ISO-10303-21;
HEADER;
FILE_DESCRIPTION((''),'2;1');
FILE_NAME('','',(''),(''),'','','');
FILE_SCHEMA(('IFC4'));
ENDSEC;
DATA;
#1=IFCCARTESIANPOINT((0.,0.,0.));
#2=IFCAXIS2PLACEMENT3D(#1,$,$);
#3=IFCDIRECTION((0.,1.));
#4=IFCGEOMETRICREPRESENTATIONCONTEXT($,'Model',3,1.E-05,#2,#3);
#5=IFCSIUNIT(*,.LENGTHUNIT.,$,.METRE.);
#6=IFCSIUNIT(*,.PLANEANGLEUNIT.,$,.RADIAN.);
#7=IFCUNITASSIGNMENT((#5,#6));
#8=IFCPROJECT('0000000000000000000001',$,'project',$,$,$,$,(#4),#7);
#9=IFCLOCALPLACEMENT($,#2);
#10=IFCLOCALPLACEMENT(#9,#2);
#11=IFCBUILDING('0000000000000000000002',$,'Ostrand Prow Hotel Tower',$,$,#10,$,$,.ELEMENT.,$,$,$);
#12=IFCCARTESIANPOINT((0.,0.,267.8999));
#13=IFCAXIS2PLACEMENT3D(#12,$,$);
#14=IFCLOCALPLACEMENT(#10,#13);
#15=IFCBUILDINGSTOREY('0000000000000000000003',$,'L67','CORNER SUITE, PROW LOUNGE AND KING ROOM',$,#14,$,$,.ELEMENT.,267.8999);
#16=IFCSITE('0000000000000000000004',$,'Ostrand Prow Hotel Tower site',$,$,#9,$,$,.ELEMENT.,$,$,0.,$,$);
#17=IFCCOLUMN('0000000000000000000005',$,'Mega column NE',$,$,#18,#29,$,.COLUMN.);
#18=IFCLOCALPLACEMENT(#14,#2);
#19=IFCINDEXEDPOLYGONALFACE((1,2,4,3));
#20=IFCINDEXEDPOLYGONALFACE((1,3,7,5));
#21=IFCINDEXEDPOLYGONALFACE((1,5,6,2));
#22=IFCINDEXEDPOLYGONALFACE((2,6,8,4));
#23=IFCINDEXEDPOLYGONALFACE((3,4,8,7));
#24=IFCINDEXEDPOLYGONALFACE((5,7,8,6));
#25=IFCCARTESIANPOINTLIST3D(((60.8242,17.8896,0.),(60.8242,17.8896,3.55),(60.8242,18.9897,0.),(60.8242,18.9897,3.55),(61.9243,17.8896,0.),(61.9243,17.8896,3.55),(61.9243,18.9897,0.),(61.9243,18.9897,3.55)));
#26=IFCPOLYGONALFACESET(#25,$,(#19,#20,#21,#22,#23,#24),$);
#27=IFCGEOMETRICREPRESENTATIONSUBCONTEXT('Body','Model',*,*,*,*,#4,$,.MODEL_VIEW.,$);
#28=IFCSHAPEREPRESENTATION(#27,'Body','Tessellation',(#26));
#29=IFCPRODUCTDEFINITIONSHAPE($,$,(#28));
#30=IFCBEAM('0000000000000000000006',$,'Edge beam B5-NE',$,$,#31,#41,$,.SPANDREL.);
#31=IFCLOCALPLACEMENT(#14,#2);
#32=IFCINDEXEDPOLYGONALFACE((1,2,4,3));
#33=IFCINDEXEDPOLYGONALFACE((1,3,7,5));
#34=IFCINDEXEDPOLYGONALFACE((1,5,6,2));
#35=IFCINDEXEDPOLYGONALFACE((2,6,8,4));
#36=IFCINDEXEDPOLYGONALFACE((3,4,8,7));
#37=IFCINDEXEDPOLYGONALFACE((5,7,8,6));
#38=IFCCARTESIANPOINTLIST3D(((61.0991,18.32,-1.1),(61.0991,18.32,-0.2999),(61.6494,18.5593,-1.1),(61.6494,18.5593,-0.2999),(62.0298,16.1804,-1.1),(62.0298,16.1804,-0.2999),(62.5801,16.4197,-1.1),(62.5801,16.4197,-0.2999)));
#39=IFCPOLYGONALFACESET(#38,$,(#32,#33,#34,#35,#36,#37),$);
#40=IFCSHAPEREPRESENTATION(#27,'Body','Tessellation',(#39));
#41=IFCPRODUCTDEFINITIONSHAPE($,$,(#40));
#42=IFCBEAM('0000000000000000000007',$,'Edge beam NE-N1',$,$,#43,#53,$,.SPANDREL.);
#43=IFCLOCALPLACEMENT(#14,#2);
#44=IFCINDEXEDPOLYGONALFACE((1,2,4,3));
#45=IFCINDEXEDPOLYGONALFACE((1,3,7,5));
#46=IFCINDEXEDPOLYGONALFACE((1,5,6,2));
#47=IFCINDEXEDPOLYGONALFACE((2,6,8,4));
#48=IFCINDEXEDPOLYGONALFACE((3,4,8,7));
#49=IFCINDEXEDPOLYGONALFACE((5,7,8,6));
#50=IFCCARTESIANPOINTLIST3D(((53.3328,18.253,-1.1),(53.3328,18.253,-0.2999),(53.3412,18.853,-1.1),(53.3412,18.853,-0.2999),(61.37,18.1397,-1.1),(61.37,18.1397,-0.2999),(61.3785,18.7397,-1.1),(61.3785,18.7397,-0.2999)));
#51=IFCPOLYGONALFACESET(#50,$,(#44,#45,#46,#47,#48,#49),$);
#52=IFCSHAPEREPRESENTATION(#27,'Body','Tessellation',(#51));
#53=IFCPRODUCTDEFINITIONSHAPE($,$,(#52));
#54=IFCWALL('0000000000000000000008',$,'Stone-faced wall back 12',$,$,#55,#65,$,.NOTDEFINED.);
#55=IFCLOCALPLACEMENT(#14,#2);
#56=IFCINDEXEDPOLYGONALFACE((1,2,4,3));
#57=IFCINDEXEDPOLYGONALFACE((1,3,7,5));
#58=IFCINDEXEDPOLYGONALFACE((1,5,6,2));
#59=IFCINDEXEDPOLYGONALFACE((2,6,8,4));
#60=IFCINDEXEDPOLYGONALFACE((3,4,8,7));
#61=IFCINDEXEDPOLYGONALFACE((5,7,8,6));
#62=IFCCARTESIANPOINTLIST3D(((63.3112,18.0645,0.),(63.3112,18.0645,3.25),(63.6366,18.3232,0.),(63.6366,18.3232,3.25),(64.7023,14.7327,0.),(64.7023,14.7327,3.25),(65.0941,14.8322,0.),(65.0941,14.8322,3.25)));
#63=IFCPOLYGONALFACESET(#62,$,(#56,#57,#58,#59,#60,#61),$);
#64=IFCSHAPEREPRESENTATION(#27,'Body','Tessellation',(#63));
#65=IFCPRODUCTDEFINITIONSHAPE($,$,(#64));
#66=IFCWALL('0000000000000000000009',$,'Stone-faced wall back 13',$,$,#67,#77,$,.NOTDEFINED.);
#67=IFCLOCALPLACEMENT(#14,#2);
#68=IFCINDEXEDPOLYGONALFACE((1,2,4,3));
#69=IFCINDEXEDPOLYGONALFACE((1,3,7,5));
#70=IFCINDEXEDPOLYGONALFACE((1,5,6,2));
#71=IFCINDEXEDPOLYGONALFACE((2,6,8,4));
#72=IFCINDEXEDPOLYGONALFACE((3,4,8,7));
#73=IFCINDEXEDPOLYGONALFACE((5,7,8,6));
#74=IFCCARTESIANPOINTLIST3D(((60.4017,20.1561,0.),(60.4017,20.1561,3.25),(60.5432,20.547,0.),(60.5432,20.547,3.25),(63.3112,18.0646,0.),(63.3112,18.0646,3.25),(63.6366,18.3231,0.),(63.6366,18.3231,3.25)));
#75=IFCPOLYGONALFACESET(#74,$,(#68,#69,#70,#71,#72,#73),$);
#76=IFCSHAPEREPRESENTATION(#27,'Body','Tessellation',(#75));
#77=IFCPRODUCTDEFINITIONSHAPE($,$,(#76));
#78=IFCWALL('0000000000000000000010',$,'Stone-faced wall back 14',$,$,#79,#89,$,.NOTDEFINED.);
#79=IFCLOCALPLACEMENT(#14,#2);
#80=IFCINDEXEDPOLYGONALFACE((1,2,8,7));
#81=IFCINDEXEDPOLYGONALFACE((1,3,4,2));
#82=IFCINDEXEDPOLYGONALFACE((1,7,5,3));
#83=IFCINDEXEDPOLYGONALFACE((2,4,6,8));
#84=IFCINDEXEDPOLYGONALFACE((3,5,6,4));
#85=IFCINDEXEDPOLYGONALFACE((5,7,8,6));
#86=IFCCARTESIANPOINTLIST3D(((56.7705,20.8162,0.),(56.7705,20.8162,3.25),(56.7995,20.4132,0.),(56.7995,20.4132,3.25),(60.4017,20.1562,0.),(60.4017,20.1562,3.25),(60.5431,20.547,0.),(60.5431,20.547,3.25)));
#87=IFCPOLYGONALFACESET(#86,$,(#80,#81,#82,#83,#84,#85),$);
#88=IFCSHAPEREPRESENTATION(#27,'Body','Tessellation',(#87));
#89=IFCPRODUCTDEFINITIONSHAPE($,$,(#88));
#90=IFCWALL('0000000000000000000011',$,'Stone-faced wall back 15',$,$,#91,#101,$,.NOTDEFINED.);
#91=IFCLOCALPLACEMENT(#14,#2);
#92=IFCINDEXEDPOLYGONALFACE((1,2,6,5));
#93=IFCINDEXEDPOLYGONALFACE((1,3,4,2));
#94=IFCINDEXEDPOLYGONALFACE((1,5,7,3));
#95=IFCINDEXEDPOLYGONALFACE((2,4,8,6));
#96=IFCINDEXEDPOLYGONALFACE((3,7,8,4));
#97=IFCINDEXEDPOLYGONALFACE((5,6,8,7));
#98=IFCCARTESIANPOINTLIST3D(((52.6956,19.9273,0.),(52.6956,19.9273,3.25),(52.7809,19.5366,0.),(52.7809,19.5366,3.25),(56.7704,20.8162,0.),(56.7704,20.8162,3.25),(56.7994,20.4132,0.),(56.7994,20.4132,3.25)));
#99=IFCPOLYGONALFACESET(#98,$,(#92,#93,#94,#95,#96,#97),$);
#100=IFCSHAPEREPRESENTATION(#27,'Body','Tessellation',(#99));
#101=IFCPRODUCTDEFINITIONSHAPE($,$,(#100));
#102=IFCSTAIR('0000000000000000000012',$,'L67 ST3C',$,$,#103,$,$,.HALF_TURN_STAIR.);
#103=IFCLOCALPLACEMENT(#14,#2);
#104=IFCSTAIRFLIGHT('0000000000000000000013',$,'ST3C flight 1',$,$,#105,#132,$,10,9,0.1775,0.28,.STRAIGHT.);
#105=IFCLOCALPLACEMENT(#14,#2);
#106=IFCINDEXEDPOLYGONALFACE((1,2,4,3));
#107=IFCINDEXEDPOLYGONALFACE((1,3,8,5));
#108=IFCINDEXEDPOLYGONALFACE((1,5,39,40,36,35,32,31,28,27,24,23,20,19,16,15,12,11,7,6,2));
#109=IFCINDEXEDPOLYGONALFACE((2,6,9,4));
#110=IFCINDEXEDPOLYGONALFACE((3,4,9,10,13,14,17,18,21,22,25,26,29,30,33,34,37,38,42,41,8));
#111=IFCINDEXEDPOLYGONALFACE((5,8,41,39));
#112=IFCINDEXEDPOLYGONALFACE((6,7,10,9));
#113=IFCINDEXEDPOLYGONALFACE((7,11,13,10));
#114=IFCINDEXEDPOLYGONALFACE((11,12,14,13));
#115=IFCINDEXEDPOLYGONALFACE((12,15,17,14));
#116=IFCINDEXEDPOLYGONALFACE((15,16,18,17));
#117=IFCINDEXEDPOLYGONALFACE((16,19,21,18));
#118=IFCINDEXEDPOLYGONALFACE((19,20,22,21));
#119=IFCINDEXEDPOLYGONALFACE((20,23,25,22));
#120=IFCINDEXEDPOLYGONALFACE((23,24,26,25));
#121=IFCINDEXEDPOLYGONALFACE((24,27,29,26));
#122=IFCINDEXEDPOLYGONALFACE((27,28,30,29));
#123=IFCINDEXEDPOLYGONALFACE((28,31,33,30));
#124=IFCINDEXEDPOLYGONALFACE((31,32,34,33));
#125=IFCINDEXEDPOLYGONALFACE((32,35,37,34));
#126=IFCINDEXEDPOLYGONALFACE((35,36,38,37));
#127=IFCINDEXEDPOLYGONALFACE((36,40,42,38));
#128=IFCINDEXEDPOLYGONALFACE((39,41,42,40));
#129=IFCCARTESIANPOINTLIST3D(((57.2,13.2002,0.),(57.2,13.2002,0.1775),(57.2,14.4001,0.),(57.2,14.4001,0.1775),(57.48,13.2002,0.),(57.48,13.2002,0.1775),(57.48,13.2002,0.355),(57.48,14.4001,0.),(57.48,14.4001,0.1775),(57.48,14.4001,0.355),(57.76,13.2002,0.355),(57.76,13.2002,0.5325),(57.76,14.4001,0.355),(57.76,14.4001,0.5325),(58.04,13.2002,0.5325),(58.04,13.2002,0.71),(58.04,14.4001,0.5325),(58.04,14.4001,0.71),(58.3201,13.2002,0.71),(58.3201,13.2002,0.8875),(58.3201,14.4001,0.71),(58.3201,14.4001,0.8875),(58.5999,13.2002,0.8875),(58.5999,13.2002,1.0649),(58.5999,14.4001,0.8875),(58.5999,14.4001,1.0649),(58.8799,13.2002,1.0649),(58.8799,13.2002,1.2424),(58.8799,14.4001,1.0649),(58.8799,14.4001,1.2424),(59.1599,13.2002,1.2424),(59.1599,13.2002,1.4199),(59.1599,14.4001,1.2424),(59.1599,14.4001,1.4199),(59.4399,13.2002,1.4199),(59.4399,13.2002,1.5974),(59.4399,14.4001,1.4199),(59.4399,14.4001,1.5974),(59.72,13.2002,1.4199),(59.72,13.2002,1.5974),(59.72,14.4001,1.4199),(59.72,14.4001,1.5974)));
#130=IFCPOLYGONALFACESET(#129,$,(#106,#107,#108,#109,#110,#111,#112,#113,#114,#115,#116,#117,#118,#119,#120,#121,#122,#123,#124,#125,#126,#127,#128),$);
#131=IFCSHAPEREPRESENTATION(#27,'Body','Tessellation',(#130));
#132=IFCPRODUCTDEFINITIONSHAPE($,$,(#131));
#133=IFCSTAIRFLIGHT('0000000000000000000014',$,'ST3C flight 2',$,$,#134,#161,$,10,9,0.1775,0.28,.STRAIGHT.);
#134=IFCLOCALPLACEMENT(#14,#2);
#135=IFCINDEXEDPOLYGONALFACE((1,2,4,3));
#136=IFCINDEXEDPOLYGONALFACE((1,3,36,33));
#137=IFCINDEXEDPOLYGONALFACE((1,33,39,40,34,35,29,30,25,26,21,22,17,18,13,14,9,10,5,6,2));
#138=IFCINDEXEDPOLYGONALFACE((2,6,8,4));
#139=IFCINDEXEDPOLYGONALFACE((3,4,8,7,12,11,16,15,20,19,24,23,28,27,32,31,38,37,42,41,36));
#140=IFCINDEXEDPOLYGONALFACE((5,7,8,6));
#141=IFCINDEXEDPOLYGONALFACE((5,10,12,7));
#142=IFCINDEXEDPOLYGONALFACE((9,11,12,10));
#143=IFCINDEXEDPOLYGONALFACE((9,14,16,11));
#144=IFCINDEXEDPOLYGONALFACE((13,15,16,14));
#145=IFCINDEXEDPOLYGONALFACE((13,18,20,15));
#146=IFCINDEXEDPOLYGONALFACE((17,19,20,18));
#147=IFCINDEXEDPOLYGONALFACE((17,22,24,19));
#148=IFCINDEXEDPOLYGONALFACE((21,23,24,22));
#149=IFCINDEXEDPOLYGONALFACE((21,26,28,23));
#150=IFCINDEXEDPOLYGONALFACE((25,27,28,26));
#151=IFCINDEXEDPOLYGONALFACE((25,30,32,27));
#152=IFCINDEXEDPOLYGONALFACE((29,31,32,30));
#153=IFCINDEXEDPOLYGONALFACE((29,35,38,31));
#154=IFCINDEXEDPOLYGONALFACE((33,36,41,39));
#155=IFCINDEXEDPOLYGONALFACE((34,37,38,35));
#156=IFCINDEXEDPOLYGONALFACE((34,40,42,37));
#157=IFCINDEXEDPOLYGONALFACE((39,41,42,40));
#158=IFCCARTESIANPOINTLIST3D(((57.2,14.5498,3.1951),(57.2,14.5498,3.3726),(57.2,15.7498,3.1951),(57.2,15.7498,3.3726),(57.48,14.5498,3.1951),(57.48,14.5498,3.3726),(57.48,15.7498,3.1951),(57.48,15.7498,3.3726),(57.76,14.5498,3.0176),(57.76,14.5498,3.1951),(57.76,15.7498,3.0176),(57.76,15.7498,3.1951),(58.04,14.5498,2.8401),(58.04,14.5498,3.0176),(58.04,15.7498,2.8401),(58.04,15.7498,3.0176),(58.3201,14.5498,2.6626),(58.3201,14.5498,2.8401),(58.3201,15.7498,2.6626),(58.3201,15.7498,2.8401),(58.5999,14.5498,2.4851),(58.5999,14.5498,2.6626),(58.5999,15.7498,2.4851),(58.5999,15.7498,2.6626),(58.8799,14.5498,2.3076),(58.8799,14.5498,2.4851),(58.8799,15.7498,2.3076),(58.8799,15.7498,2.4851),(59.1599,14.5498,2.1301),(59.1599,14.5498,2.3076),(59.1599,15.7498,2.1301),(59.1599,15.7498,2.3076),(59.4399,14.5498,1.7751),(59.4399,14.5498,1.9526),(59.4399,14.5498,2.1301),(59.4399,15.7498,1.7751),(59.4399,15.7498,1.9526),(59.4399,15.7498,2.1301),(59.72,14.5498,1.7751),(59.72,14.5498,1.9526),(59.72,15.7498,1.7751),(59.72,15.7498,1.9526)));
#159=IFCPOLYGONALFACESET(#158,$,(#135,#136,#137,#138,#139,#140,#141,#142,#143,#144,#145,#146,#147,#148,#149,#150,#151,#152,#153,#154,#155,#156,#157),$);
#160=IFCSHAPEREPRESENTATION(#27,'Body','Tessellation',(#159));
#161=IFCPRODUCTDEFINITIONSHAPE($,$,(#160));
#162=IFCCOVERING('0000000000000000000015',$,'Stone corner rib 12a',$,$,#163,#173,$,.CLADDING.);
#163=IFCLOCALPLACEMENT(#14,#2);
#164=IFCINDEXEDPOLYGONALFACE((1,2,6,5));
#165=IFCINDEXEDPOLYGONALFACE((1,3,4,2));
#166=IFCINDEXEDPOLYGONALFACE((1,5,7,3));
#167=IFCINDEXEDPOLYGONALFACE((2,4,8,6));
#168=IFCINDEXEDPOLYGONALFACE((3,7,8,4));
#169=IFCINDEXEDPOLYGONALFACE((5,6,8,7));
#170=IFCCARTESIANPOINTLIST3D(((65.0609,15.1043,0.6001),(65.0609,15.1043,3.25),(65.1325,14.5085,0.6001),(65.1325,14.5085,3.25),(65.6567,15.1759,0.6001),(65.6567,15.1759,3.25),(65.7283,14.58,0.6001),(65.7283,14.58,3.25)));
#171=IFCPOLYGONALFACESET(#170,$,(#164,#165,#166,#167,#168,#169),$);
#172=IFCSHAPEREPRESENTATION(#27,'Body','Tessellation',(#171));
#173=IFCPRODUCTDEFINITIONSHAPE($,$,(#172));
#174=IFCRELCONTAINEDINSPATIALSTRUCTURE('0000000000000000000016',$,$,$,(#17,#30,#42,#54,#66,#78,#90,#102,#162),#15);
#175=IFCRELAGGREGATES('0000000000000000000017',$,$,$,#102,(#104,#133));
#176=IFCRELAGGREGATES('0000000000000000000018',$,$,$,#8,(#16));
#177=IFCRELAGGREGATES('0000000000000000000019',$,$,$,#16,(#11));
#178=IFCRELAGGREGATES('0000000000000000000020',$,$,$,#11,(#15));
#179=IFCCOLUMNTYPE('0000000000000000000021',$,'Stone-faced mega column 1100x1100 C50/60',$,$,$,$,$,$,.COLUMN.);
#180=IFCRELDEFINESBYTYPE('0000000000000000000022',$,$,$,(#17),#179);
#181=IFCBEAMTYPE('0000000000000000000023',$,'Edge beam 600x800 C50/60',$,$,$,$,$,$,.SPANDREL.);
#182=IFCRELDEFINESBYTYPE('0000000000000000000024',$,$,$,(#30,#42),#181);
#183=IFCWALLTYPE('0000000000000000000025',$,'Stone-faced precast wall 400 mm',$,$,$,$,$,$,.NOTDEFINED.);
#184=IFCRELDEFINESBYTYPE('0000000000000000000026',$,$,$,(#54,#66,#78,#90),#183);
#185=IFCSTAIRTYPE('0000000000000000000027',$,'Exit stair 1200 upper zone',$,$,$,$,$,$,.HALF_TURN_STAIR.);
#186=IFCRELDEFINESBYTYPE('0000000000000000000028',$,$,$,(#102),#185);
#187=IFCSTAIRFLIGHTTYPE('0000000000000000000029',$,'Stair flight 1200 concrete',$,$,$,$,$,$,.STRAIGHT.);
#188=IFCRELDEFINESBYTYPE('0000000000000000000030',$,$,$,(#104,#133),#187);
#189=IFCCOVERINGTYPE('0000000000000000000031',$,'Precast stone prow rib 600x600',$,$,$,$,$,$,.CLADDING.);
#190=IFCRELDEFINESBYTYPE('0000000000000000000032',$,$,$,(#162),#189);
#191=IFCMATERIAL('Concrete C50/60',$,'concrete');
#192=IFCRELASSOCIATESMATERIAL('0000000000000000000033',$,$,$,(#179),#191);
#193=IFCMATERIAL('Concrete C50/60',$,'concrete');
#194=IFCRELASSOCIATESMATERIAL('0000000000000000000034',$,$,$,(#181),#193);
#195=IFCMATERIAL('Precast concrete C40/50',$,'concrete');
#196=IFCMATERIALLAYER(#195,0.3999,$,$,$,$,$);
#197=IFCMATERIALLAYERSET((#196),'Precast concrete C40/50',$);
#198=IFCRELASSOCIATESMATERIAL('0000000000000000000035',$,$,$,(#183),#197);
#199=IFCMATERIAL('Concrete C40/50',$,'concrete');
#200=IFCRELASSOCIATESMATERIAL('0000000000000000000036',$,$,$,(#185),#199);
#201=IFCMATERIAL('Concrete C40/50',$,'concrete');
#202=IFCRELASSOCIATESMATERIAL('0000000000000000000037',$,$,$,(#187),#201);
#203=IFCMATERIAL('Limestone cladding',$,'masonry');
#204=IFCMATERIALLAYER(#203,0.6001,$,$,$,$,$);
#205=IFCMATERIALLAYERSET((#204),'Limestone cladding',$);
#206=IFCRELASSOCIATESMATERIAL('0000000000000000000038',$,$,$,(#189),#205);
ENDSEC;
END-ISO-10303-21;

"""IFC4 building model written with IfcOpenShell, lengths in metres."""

from ifc_helpers import new_model, si_unit, direction, frame, frame_2d, origin, origin_2d, place, context, subcontext, project, spatial, polyline, rectangle, outline, extrude, material, layer, layer_set, material_profile, profile_set, type_object, element, aggregate, save


model = new_model("IFC4")

# Units and contexts
model_context = context("Model", 3, precision=1e-05, world=origin(), true_north=direction((0.0, 1.0)))
body_context = subcontext(model_context, "Body", "Model", "MODEL_VIEW")
ifc_project = project(units=[si_unit("LENGTHUNIT", "METRE"), si_unit("PLANEANGLEUNIT", "RADIAN")], contexts=[model_context])

# Site, building, storey
site_placement = place(None, origin())
site = spatial("IfcSite", under=ifc_project, at=site_placement, Name="Ostrand Prow Hotel Tower site", CompositionType="ELEMENT", RefElevation=0.0)
building_placement = place(site_placement, origin())
building = spatial("IfcBuilding", under=site, at=building_placement, Name="Ostrand Prow Hotel Tower", CompositionType="ELEMENT")
storey_placement = place(building_placement, frame((0.0, 0.0, 267.8999)))
storey = spatial("IfcBuildingStorey", under=building, at=storey_placement, Name="L67", Description="CORNER SUITE, PROW LOUNGE AND KING ROOM", CompositionType="ELEMENT", Elevation=267.8999)

# Column
ifc_material_1 = material(Name="Concrete C50/60", Category="concrete")
ifc_material_profile_1 = material_profile(ifc_material_1, rectangle(XDim=1.1001, YDim=1.1001, at=origin_2d()), Name="RC 1100x1100")
ifc_profile_set_1 = profile_set([ifc_material_profile_1], Name="Concrete C50/60")
column_type = type_object("IfcColumnType", Name="Stone-faced mega column 1100x1100 C50/60", PredefinedType="COLUMN", material=ifc_profile_set_1)
column_placement = place(storey_placement, frame((61.3743, 18.4397, 0.0), z_axis=(0.0, 0.0, 1.0), x_axis=(1.0, 0.0, 0.0)))
element("IfcColumn", 1, at=column_placement, inside=storey, type_object=column_type, Name="Mega column NE", PredefinedType="COLUMN", context=body_context, shape_type="SweptSolid", body=[
    extrude(rectangle(XDim=1.1001, YDim=1.1001, at=origin_2d()), origin(), (0.0, 0.0, 1.0), 3.55),
])

# Beams
ifc_material_2 = material(Name="Concrete C50/60", Category="concrete")
ifc_material_profile_2 = material_profile(ifc_material_2, rectangle(XDim=0.6001, YDim=0.8, at=origin_2d()), Name="RC 600x800")
ifc_profile_set_2 = profile_set([ifc_material_profile_2], Name="Concrete C50/60")
beam_type = type_object("IfcBeamType", Name="Edge beam 600x800 C50/60", PredefinedType="SPANDREL", material=ifc_profile_set_2)
beam_1_placement = place(storey_placement, frame((62.3049, 16.3, -0.7), z_axis=(-0.398864, 0.91701, 0.0), x_axis=(-0.91701, -0.398864, 0.0)))
element("IfcBeam", 2, at=beam_1_placement, inside=storey, type_object=beam_type, Name="Edge beam B5-NE", PredefinedType="SPANDREL", context=body_context, shape_type="SweptSolid", body=[
    extrude(rectangle(XDim=0.6001, YDim=0.8, at=origin_2d()), origin(), (0.0, 0.0, 1.0), 2.3333),
])
beam_2_placement = place(storey_placement, frame((61.3743, 18.4397, -0.7), z_axis=(-0.999901, 0.014093, 0.0), x_axis=(-0.014093, -0.999901, 0.0)))
element("IfcBeam", 3, at=beam_2_placement, inside=storey, type_object=beam_type, Name="Edge beam NE-N1", PredefinedType="SPANDREL", context=body_context, shape_type="SweptSolid", body=[
    extrude(rectangle(XDim=0.6001, YDim=0.8, at=origin_2d()), origin(), (0.0, 0.0, 1.0), 8.0381),
])

# Walls
ifc_material_3 = material(Name="Precast concrete C40/50", Category="concrete")
ifc_layer_1 = layer(ifc_material_3, 0.3999)
ifc_layer_set_1 = layer_set([ifc_layer_1], Name="Precast concrete C40/50")
wall_type = type_object("IfcWallType", Name="Stone-faced precast wall 400 mm", PredefinedType="NOTDEFINED", material=ifc_layer_set_1)
wall_1_placement = place(storey_placement, frame((64.8982, 14.7825, 0.0), z_axis=(0.0, 0.0, 1.0), x_axis=(-0.385286, 0.922797, 0.0)))
element("IfcWall", 4, at=wall_1_placement, inside=storey, type_object=wall_type, Name="Stone-faced wall back 12", PredefinedType="NOTDEFINED", context=body_context, shape_type="SweptSolid", body=[
    extrude(outline(polyline([(-0.0295, -0.2), (3.7534, -0.2), (3.6401, 0.2), (0.0295, 0.2), (-0.0295, -0.2)])), origin(), (0.0, 0.0, 1.0), 3.25),
])
wall_2_placement = place(storey_placement, frame((63.4739, 18.1938, 0.0), z_axis=(0.0, 0.0, 1.0), x_axis=(-0.811963, 0.58371, 0.0)))
element("IfcWall", 5, at=wall_2_placement, inside=storey, type_object=wall_type, Name="Stone-faced wall back 13", PredefinedType="NOTDEFINED", context=body_context, shape_type="SweptSolid", body=[
    extrude(outline(polyline([(-0.0566, -0.2), (3.7532, -0.2), (3.6399, 0.2), (0.0566, 0.2), (-0.0566, -0.2)])), origin(), (0.0, 0.0, 1.0), 3.25),
])
wall_3_placement = place(storey_placement, frame((60.4724, 20.3516, 0.0), z_axis=(0.0, 0.0, 1.0), x_axis=(-0.997463, 0.071191, 0.0)))
element("IfcWall", 6, at=wall_3_placement, inside=storey, type_object=wall_type, Name="Stone-faced wall back 14", PredefinedType="NOTDEFINED", context=body_context, shape_type="SweptSolid", body=[
    extrude(outline(polyline([(-0.0566, -0.2), (3.7256, -0.2), (3.668, 0.2), (0.0566, 0.2), (-0.0566, -0.2)])), origin(), (0.0, 0.0, 1.0), 3.25),
])
wall_4_placement = place(storey_placement, frame((56.7849, 20.6147, 0.0), z_axis=(0.0, 0.0, 1.0), x_axis=(-0.97702, -0.213147, 0.0)))
element("IfcWall", 7, at=wall_4_placement, inside=storey, type_object=wall_type, Name="Stone-faced wall back 15", PredefinedType="NOTDEFINED", context=body_context, shape_type="SweptSolid", body=[
    extrude(outline(polyline([(-0.0288, -0.2), (4.1418, -0.2), (4.1418, 0.2), (0.0288, 0.2), (-0.0288, -0.2)])), origin(), (0.0, 0.0, 1.0), 3.25),
])

# Stair, stair flights
ifc_material_4 = material(Name="Concrete C40/50", Category="concrete")
stair_type = type_object("IfcStairType", Name="Exit stair 1200 upper zone", PredefinedType="HALF_TURN_STAIR", material=ifc_material_4)
stair_placement = place(storey_placement, origin())
stair = element("IfcStair", 8, at=stair_placement, inside=storey, type_object=stair_type, Name="L67 ST3C", PredefinedType="HALF_TURN_STAIR")
ifc_material_5 = material(Name="Concrete C40/50", Category="concrete")
stair_flight_type = type_object("IfcStairFlightType", Name="Stair flight 1200 concrete", PredefinedType="STRAIGHT", material=ifc_material_5)
stair_flight_1_placement = place(storey_placement, frame((57.2, 13.8, 0.0), z_axis=(0.0, 0.0, 1.0), x_axis=(1.0, 0.0, 0.0)))
stair_flight_1 = element("IfcStairFlight", 9, at=stair_flight_1_placement, type_object=stair_flight_type, Name="ST3C flight 1", NumberOfRisers=10, NumberOfTreads=9, PredefinedType="STRAIGHT", RiserHeight=0.1775, TreadLength=0.28, context=body_context, shape_type="SweptSolid", body=[
    extrude(outline(polyline([(0.0, 0.0), (0.0, 0.1775), (0.28, 0.1775), (0.28, 0.355), (0.5601, 0.355), (0.5601, 0.5325), (0.8401, 0.5325), (0.8401, 0.71), (1.1201, 0.71), (1.1201, 0.8875), (1.3999, 0.8875), (1.3999, 1.0649), (1.6799, 1.0649), (1.6799, 1.2424), (1.96, 1.2424), (1.96, 1.4199), (2.24, 1.4199), (2.24, 1.5974), (2.52, 1.5974), (2.52, 1.7749), (2.52, 1.4199), (0.28, 0.0), (0.0, 0.0)])), frame((0.0, 0.6001, 0.0), z_axis=(0.0, -1.0, 0.0), x_axis=(1.0, 0.0, 0.0)), (0.0, 0.0, 1.0), 1.2),
])
stair_flight_2_placement = place(storey_placement, frame((59.72, 15.1499, 1.7751), z_axis=(0.0, 0.0, 1.0), x_axis=(-1.0, 0.0, 0.0)))
stair_flight_2 = element("IfcStairFlight", 10, at=stair_flight_2_placement, type_object=stair_flight_type, Name="ST3C flight 2", NumberOfRisers=10, NumberOfTreads=9, PredefinedType="STRAIGHT", RiserHeight=0.1775, TreadLength=0.28, context=body_context, shape_type="SweptSolid", body=[
    extrude(outline(polyline([(0.0, 0.0), (0.0, 0.1775), (0.28, 0.1775), (0.28, 0.355), (0.5601, 0.355), (0.5601, 0.5325), (0.8401, 0.5325), (0.8401, 0.71), (1.1201, 0.71), (1.1201, 0.8875), (1.3999, 0.8875), (1.3999, 1.0649), (1.6799, 1.0649), (1.6799, 1.2424), (1.96, 1.2424), (1.96, 1.4199), (2.24, 1.4199), (2.24, 1.5974), (2.52, 1.5974), (2.52, 1.7749), (2.52, 1.4199), (0.28, 0.0), (0.0, 0.0)])), frame((0.0, 0.6001, 0.0), z_axis=(0.0, -1.0, 0.0), x_axis=(1.0, 0.0, 0.0)), (0.0, 0.0, 1.0), 1.2),
])
aggregate(stair, [stair_flight_1, stair_flight_2])

# Covering
ifc_material_6 = material(Name="Limestone cladding", Category="masonry")
ifc_layer_2 = layer(ifc_material_6, 0.6001)
ifc_layer_set_2 = layer_set([ifc_layer_2], Name="Limestone cladding")
covering_type = type_object("IfcCoveringType", Name="Precast stone prow rib 600x600", PredefinedType="CLADDING", material=ifc_layer_set_2)
covering_placement = place(storey_placement, frame((65.0967, 14.8064, 0.6001), z_axis=(0.0, 0.0, 1.0), x_axis=(0.992867, 0.119225, 0.0)))
element("IfcCovering", 11, at=covering_placement, inside=storey, type_object=covering_type, Name="Stone corner rib 12a", PredefinedType="CLADDING", context=body_context, shape_type="SweptSolid", body=[
    extrude(rectangle(XDim=0.6001, YDim=0.6001, at=frame_2d((0.3, 0.0))), origin(), (0.0, 0.0, 1.0), 2.6499),
])

save(model, "model.ifc")
